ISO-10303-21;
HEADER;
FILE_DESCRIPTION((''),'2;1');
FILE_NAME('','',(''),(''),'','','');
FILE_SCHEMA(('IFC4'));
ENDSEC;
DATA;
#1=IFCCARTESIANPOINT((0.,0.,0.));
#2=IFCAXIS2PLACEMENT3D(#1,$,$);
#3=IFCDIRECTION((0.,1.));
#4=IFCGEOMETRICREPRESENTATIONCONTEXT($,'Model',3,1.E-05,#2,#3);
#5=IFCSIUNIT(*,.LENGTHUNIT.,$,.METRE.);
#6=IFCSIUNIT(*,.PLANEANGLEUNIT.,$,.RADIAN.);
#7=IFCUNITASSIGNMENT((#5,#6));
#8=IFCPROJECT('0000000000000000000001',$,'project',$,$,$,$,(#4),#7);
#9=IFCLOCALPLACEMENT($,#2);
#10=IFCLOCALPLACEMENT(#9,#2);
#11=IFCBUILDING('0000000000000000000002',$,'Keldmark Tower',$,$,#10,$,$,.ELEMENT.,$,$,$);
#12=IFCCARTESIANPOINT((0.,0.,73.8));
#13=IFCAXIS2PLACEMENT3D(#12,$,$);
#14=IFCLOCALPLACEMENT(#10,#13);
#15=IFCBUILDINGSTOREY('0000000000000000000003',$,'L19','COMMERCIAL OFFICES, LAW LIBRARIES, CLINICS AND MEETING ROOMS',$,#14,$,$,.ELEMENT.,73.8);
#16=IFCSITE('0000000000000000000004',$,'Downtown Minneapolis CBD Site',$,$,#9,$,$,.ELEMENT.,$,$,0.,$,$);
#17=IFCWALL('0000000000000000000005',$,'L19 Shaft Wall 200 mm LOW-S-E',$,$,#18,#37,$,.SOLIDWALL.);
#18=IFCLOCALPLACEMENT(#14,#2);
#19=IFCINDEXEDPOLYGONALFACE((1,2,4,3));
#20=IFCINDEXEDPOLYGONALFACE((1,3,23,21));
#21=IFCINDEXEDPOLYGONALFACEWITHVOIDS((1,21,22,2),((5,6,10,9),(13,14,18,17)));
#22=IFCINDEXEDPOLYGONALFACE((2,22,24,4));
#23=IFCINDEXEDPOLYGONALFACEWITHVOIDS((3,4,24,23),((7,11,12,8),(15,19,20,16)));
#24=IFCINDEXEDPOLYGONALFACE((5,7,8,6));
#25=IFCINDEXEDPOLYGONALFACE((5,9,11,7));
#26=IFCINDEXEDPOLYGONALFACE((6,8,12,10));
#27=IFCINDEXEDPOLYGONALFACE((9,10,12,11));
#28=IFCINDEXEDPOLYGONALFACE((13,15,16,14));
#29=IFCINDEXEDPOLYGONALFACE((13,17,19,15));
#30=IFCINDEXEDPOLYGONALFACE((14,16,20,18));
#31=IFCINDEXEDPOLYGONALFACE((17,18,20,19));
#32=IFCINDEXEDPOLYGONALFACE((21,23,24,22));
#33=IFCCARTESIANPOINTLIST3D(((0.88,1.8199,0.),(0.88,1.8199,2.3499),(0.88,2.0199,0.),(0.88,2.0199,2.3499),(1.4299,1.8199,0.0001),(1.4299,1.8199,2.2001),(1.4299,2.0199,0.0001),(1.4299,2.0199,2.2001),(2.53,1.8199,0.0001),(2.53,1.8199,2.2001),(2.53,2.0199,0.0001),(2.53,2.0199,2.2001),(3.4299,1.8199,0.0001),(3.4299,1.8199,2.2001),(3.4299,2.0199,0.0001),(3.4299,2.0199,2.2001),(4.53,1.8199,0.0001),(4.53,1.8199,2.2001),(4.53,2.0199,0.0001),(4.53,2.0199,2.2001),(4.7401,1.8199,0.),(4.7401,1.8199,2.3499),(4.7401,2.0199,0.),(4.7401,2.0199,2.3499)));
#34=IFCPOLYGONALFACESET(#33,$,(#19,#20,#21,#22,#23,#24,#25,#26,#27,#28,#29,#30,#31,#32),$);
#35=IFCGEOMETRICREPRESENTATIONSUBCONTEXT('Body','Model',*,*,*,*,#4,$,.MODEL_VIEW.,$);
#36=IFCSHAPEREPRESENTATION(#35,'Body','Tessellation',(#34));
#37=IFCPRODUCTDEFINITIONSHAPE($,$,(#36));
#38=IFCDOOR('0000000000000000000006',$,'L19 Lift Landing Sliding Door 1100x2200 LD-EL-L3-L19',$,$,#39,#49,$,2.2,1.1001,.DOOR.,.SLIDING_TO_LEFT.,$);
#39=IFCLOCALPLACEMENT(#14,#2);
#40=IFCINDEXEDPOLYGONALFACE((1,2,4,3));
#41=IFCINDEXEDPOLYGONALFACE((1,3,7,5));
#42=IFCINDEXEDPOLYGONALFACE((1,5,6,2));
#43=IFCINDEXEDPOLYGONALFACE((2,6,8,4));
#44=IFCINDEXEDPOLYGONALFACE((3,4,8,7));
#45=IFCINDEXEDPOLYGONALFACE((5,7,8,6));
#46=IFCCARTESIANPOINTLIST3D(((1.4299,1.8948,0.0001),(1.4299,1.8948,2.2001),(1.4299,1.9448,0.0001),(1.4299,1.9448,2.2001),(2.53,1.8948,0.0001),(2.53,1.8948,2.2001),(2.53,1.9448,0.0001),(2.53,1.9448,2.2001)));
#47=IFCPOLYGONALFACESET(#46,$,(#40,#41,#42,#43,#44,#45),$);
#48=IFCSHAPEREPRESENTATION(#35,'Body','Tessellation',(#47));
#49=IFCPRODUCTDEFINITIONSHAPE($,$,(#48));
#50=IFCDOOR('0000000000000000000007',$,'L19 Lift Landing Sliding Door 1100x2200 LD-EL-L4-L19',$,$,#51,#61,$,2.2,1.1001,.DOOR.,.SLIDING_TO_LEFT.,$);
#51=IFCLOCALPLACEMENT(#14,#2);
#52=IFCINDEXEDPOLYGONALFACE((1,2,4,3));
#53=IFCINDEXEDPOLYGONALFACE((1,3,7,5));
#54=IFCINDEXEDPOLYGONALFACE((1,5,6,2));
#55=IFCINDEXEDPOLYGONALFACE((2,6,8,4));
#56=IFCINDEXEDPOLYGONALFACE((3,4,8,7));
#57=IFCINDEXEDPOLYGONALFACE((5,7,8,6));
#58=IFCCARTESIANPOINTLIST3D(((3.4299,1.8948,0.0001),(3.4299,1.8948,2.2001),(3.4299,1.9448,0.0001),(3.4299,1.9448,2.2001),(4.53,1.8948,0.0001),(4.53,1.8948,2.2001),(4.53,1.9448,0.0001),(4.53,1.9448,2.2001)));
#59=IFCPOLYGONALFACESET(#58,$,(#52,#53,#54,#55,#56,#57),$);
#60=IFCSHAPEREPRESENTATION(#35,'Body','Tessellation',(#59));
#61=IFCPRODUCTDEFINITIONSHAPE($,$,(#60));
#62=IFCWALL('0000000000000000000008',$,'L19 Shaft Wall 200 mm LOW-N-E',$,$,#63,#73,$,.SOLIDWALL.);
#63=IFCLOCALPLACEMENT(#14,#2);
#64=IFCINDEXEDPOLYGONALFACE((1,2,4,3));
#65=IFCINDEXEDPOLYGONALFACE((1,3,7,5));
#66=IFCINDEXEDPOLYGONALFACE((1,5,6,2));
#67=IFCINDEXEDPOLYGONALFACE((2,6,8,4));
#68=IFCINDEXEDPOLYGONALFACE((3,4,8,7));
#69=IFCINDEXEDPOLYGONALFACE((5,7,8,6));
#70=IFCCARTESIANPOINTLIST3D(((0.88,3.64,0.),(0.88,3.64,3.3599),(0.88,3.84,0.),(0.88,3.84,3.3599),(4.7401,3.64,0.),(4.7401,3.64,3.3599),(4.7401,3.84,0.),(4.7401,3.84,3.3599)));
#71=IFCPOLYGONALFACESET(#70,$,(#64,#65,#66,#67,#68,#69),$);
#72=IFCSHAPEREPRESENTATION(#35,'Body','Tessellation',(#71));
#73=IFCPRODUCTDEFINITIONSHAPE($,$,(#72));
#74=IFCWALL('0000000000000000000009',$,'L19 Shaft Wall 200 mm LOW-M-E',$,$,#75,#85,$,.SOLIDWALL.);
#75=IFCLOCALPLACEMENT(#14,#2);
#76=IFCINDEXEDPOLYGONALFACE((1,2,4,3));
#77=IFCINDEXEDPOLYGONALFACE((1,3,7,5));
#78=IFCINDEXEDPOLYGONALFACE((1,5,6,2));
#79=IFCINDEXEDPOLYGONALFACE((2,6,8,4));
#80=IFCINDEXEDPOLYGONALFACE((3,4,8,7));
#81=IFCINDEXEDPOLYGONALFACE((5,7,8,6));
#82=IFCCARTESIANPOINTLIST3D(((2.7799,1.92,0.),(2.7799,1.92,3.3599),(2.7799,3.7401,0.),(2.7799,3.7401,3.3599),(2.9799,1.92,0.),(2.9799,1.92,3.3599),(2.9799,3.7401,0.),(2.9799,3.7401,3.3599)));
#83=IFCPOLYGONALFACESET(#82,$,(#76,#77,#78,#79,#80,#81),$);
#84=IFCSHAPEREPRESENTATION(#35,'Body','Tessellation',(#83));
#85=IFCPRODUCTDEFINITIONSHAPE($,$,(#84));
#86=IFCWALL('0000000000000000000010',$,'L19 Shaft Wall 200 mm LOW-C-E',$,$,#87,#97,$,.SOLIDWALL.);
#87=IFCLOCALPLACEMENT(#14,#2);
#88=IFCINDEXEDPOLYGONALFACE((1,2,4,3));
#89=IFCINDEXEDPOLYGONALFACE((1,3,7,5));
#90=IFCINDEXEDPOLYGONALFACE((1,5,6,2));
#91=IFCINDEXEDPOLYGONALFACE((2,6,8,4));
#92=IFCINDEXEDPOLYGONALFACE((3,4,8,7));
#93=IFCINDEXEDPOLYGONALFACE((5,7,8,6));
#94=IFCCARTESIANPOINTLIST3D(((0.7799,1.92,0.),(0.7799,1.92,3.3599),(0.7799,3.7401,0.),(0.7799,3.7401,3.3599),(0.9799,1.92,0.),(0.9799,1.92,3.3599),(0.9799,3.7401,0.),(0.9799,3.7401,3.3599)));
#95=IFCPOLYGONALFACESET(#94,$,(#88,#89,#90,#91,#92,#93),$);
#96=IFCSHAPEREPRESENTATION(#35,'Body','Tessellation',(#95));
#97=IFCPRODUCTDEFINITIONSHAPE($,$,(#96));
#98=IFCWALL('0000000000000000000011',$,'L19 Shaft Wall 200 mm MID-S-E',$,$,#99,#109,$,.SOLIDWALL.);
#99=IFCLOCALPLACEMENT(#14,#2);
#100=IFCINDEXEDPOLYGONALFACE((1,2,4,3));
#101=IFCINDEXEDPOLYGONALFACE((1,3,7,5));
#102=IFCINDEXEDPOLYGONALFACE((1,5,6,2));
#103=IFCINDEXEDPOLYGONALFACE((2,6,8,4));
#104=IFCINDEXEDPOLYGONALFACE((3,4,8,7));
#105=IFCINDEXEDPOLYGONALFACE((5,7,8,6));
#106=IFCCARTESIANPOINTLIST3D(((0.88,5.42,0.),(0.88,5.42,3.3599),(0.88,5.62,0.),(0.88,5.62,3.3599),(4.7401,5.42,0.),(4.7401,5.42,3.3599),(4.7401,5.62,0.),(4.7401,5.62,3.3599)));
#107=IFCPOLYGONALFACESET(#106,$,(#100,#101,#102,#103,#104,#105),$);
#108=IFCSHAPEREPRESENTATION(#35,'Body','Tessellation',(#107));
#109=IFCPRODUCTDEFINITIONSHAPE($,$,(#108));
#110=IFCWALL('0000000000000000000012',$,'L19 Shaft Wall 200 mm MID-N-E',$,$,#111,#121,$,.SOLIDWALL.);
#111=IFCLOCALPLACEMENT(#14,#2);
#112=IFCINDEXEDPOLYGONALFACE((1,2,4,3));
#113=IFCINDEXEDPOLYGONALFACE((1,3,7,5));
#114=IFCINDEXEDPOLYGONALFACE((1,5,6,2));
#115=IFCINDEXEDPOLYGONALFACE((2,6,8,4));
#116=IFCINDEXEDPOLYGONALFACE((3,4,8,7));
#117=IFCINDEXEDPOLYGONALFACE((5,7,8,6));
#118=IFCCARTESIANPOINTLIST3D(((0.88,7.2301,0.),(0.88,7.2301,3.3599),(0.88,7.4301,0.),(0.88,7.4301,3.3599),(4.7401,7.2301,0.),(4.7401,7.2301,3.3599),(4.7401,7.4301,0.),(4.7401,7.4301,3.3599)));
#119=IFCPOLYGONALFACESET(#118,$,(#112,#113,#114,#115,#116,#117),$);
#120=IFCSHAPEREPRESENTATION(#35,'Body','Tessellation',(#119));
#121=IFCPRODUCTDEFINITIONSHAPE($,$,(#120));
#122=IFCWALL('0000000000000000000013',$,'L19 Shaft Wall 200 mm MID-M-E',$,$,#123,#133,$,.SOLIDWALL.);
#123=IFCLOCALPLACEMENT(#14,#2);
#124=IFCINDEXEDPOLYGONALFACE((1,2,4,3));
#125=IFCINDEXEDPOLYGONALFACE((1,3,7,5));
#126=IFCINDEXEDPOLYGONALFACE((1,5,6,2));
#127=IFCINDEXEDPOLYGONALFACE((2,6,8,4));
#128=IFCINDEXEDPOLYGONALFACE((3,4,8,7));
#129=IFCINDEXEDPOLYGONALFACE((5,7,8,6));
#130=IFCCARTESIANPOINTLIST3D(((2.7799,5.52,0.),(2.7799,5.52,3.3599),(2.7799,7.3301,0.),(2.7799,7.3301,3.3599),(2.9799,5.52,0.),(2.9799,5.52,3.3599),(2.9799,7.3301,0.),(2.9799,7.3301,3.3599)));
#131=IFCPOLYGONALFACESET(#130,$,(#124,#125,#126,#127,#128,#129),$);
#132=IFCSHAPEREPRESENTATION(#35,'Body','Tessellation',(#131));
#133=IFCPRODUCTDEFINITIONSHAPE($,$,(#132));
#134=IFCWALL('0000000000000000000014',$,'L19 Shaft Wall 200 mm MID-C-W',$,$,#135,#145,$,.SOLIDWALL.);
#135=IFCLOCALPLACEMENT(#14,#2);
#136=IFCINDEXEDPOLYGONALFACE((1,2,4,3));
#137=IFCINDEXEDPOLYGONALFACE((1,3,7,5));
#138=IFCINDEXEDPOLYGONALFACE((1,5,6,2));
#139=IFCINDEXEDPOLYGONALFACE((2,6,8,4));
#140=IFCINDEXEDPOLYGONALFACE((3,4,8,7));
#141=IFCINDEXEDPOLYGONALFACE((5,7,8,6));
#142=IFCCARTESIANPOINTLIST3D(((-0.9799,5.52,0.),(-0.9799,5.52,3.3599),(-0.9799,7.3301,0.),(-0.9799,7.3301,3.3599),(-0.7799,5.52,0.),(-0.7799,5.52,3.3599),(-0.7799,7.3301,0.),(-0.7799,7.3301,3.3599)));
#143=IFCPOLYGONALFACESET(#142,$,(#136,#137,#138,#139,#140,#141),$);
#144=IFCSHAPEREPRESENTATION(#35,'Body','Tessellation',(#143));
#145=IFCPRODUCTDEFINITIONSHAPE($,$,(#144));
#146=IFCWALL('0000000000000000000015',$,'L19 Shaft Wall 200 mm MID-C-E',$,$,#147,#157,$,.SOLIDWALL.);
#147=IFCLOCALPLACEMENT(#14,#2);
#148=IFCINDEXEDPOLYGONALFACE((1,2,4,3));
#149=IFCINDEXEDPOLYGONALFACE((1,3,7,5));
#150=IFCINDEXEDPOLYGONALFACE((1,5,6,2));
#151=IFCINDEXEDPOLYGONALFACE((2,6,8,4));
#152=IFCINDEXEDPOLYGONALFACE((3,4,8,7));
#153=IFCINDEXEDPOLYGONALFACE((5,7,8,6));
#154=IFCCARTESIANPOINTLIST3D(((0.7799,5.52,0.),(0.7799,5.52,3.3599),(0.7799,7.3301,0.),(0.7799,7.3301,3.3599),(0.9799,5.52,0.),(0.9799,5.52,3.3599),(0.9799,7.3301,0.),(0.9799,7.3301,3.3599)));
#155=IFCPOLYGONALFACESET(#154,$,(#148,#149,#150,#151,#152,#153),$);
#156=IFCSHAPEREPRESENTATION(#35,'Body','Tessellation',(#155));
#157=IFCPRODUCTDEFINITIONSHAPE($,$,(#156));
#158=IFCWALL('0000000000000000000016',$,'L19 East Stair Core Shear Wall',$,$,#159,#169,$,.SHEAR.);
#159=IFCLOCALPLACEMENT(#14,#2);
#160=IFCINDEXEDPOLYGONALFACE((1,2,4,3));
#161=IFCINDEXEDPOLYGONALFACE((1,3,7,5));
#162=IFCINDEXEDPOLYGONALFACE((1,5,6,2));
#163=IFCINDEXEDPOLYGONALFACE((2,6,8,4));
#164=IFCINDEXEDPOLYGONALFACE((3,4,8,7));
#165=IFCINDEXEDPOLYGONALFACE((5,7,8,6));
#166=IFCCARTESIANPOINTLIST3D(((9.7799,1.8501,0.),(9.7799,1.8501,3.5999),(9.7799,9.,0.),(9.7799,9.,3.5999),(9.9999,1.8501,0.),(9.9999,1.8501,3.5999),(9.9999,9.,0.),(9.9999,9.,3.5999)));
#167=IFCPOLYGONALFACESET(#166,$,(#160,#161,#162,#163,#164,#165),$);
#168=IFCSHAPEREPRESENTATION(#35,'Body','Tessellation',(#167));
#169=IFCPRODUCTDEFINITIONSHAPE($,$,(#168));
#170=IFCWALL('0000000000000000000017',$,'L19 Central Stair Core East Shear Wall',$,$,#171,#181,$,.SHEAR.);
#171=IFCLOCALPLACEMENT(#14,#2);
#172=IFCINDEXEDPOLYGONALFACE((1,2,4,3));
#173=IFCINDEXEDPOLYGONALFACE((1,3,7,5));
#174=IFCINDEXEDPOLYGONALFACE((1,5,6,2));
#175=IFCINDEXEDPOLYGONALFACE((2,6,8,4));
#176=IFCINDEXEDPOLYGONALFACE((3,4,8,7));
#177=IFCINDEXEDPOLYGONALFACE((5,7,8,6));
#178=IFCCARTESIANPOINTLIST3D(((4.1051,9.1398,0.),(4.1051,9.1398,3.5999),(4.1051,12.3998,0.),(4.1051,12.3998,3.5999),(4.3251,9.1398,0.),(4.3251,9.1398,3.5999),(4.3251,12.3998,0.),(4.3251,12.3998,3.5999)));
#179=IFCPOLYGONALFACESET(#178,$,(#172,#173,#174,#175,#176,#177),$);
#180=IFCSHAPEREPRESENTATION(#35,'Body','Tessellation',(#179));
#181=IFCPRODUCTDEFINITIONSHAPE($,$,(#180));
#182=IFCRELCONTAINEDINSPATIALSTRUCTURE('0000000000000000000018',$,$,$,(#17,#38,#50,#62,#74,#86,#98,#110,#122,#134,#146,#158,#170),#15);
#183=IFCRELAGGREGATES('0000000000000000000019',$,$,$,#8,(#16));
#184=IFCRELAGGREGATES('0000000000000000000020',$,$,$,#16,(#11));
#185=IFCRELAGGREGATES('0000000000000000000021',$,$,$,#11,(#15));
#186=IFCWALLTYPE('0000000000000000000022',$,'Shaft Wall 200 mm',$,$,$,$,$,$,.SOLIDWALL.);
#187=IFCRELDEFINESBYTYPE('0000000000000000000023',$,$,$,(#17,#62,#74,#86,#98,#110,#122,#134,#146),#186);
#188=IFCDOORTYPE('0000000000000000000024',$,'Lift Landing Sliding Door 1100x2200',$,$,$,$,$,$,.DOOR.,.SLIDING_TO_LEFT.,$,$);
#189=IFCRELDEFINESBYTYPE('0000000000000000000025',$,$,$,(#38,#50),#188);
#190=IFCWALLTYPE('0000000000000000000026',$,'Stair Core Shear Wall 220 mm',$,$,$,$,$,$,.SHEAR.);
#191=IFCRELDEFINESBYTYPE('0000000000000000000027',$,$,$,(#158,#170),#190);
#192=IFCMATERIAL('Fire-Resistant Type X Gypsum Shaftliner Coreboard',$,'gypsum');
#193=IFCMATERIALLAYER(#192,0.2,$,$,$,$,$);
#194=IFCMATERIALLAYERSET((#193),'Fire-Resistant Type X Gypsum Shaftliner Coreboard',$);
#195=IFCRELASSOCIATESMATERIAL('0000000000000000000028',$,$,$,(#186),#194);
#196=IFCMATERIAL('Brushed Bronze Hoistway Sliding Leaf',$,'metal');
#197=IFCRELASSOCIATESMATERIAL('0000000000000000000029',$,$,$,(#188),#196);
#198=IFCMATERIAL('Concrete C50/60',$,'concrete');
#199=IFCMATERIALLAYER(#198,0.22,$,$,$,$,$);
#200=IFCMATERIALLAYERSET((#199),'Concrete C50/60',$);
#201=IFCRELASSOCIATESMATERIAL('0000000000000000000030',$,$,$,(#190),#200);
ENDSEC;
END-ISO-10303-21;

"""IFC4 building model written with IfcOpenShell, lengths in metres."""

from ifc_helpers import new_model, si_unit, direction, frame, frame_2d, origin, place, context, subcontext, project, spatial, rectangle, extrude, material, layer, layer_set, type_object, element, fill, save


model = new_model("IFC4")

# Units and contexts
model_context = context("Model", 3, precision=1e-05, world=origin(), true_north=direction((0.0, 1.0)))
body_context = subcontext(model_context, "Body", "Model", "MODEL_VIEW")
ifc_project = project(units=[si_unit("LENGTHUNIT", "METRE"), si_unit("PLANEANGLEUNIT", "RADIAN")], contexts=[model_context])

# Site, building, storey
site_placement = place(None, origin())
site = spatial("IfcSite", under=ifc_project, at=site_placement, Name="Downtown Minneapolis CBD Site", CompositionType="ELEMENT", RefElevation=0.0)
building_placement = place(site_placement, origin())
building = spatial("IfcBuilding", under=site, at=building_placement, Name="Keldmark Tower", CompositionType="ELEMENT")
storey_placement = place(building_placement, frame((0.0, 0.0, 73.8)))
storey = spatial("IfcBuildingStorey", under=building, at=storey_placement, Name="L19", Description="COMMERCIAL OFFICES, LAW LIBRARIES, CLINICS AND MEETING ROOMS", CompositionType="ELEMENT", Elevation=73.8)

# Shared definitions
ifc_material_1 = material(Name="Fire-Resistant Type X Gypsum Shaftliner Coreboard", Category="gypsum")
ifc_layer_1 = layer(ifc_material_1, 0.2)
ifc_layer_set_1 = layer_set([ifc_layer_1], Name="Fire-Resistant Type X Gypsum Shaftliner Coreboard")
wall_type_1 = type_object("IfcWallType", Name="Shaft Wall 200 mm", PredefinedType="SOLIDWALL", material=ifc_layer_set_1)

# Wall, openings, doors
wall_1_placement = place(storey_placement, frame((0.8799, 1.9199, 0.0), z_axis=(0.0, 0.0, 1.0), x_axis=(1.0, 0.0, 0.0)))
wall_1 = element("IfcWall", 1, at=wall_1_placement, inside=storey, type_object=wall_type_1, Name="L19 Shaft Wall 200 mm LOW-S-E", PredefinedType="SOLIDWALL", context=body_context, shape_type="SweptSolid", body=[
    extrude(rectangle(XDim=3.8601, YDim=0.2, at=frame_2d((1.9302, 0.0))), origin(), (0.0, 0.0, 1.0), 2.3499),
])
opening_1_placement = place(wall_1_placement, frame((0.55, 0.0, 0.0)))
opening_1 = element("IfcOpeningElement", 2, at=opening_1_placement, cuts=wall_1, PredefinedType="OPENING", context=body_context, shape_type="SweptSolid", body=[
    extrude(rectangle(XDim=1.1001, YDim=2.2, at=frame_2d((0.55, 1.1001))), frame((0.0, 0.1099, 0.0), z_axis=(0.0, -1.0, 0.0), x_axis=(1.0, 0.0, 0.0)), (0.0, 0.0, 1.0), 0.22),
])
opening_2_placement = place(wall_1_placement, frame((2.55, 0.0, 0.0)))
opening_2 = element("IfcOpeningElement", 3, at=opening_2_placement, cuts=wall_1, PredefinedType="OPENING", context=body_context, shape_type="SweptSolid", body=[
    extrude(rectangle(XDim=1.1001, YDim=2.2, at=frame_2d((0.55, 1.1001))), frame((0.0, 0.1099, 0.0), z_axis=(0.0, -1.0, 0.0), x_axis=(1.0, 0.0, 0.0)), (0.0, 0.0, 1.0), 0.22),
])
ifc_material_2 = material(Name="Brushed Bronze Hoistway Sliding Leaf", Category="metal")
door_type_1 = type_object("IfcDoorType", Name="Lift Landing Sliding Door 1100x2200", OperationType="SLIDING_TO_LEFT", PredefinedType="DOOR", material=ifc_material_2)
door_1_placement = place(opening_1_placement, origin())
door_1 = element("IfcDoor", 4, at=door_1_placement, inside=storey, type_object=door_type_1, Name="L19 Lift Landing Sliding Door 1100x2200 LD-EL-L3-L19", OperationType="SLIDING_TO_LEFT", OverallHeight=2.2, OverallWidth=1.1001, PredefinedType="DOOR", context=body_context, shape_type="SweptSolid", body=[
    extrude(rectangle(XDim=1.1001, YDim=2.2, at=frame_2d((0.55, 1.1001))), frame((0.0, 0.0249, 0.0), z_axis=(0.0, -1.0, 0.0), x_axis=(1.0, 0.0, 0.0)), (0.0, 0.0, 1.0), 0.05),
])
fill(opening_1, door_1)
door_2_placement = place(opening_2_placement, origin())
door_2 = element("IfcDoor", 5, at=door_2_placement, inside=storey, type_object=door_type_1, Name="L19 Lift Landing Sliding Door 1100x2200 LD-EL-L4-L19", OperationType="SLIDING_TO_LEFT", OverallHeight=2.2, OverallWidth=1.1001, PredefinedType="DOOR", context=body_context, shape_type="SweptSolid", body=[
    extrude(rectangle(XDim=1.1001, YDim=2.2, at=frame_2d((0.55, 1.1001))), frame((0.0, 0.0249, 0.0), z_axis=(0.0, -1.0, 0.0), x_axis=(1.0, 0.0, 0.0)), (0.0, 0.0, 1.0), 0.05),
])
fill(opening_2, door_2)

# Walls
wall_2_placement = place(storey_placement, frame((0.8799, 3.74, 0.0), z_axis=(0.0, 0.0, 1.0), x_axis=(1.0, 0.0, 0.0)))
element("IfcWall", 6, at=wall_2_placement, inside=storey, type_object=wall_type_1, Name="L19 Shaft Wall 200 mm LOW-N-E", PredefinedType="SOLIDWALL", context=body_context, shape_type="SweptSolid", body=[
    extrude(rectangle(XDim=3.8601, YDim=0.2, at=frame_2d((1.9302, 0.0))), origin(), (0.0, 0.0, 1.0), 3.3599),
])
for number, where, z_axis, x_axis, name in (
    (7, (2.8799, 1.9199, 0.0), (0.0, 0.0, 1.0), (0.0, 1.0, 0.0), "L19 Shaft Wall 200 mm LOW-M-E"),
    (8, (0.8799, 1.9199, 0.0), (0.0, 0.0, 1.0), (0.0, 1.0, 0.0), "L19 Shaft Wall 200 mm LOW-C-E"),
):
    element("IfcWall", number, at=place(storey_placement, frame(where, z_axis=z_axis, x_axis=x_axis)), inside=storey, type_object=wall_type_1, Name=name, PredefinedType="SOLIDWALL", context=body_context, shape_type="SweptSolid", body=[
        extrude(rectangle(XDim=1.8201, YDim=0.2, at=frame_2d((0.9102, 0.0))), origin(), (0.0, 0.0, 1.0), 3.3599),
    ])
for number, where, z_axis, x_axis, name in (
    (9, (0.8799, 5.52, 0.0), (0.0, 0.0, 1.0), (1.0, 0.0, 0.0), "L19 Shaft Wall 200 mm MID-S-E"),
    (10, (0.8799, 7.3301, 0.0), (0.0, 0.0, 1.0), (1.0, 0.0, 0.0), "L19 Shaft Wall 200 mm MID-N-E"),
):
    element("IfcWall", number, at=place(storey_placement, frame(where, z_axis=z_axis, x_axis=x_axis)), inside=storey, type_object=wall_type_1, Name=name, PredefinedType="SOLIDWALL", context=body_context, shape_type="SweptSolid", body=[
        extrude(rectangle(XDim=3.8601, YDim=0.2, at=frame_2d((1.9302, 0.0))), origin(), (0.0, 0.0, 1.0), 3.3599),
    ])
for number, where, z_axis, x_axis, name in (
    (11, (2.8799, 5.52, 0.0), (0.0, 0.0, 1.0), (0.0, 1.0, 0.0), "L19 Shaft Wall 200 mm MID-M-E"),
    (12, (-0.8799, 5.52, 0.0), (0.0, 0.0, 1.0), (0.0, 1.0, 0.0), "L19 Shaft Wall 200 mm MID-C-W"),
    (13, (0.8799, 5.52, 0.0), (0.0, 0.0, 1.0), (0.0, 1.0, 0.0), "L19 Shaft Wall 200 mm MID-C-E"),
):
    element("IfcWall", number, at=place(storey_placement, frame(where, z_axis=z_axis, x_axis=x_axis)), inside=storey, type_object=wall_type_1, Name=name, PredefinedType="SOLIDWALL", context=body_context, shape_type="SweptSolid", body=[
        extrude(rectangle(XDim=1.8101, YDim=0.2, at=frame_2d((0.905, 0.0))), origin(), (0.0, 0.0, 1.0), 3.3599),
    ])
ifc_material_3 = material(Name="Concrete C50/60", Category="concrete")
ifc_layer_2 = layer(ifc_material_3, 0.22)
ifc_layer_set_2 = layer_set([ifc_layer_2], Name="Concrete C50/60")
wall_type_2 = type_object("IfcWallType", Name="Stair Core Shear Wall 220 mm", PredefinedType="SHEAR", material=ifc_layer_set_2)
wall_3_placement = place(storey_placement, frame((9.8899, 1.8501, 0.0), z_axis=(0.0, 0.0, 1.0), x_axis=(0.0, 1.0, 0.0)))
element("IfcWall", 14, at=wall_3_placement, inside=storey, type_object=wall_type_2, Name="L19 East Stair Core Shear Wall", PredefinedType="SHEAR", context=body_context, shape_type="SweptSolid", body=[
    extrude(rectangle(XDim=7.1499, YDim=0.22, at=frame_2d((3.575, 0.0))), origin(), (0.0, 0.0, 1.0), 3.5999),
])
wall_4_placement = place(storey_placement, frame((4.2151, 9.1399, 0.0), z_axis=(0.0, 0.0, 1.0), x_axis=(0.0, 1.0, 0.0)))
element("IfcWall", 15, at=wall_4_placement, inside=storey, type_object=wall_type_2, Name="L19 Central Stair Core East Shear Wall", PredefinedType="SHEAR", context=body_context, shape_type="SweptSolid", body=[
    extrude(rectangle(XDim=3.26, YDim=0.22, at=frame_2d((1.6299, 0.0))), origin(), (0.0, 0.0, 1.0), 3.5999),
])

save(model, "model.ifc")
